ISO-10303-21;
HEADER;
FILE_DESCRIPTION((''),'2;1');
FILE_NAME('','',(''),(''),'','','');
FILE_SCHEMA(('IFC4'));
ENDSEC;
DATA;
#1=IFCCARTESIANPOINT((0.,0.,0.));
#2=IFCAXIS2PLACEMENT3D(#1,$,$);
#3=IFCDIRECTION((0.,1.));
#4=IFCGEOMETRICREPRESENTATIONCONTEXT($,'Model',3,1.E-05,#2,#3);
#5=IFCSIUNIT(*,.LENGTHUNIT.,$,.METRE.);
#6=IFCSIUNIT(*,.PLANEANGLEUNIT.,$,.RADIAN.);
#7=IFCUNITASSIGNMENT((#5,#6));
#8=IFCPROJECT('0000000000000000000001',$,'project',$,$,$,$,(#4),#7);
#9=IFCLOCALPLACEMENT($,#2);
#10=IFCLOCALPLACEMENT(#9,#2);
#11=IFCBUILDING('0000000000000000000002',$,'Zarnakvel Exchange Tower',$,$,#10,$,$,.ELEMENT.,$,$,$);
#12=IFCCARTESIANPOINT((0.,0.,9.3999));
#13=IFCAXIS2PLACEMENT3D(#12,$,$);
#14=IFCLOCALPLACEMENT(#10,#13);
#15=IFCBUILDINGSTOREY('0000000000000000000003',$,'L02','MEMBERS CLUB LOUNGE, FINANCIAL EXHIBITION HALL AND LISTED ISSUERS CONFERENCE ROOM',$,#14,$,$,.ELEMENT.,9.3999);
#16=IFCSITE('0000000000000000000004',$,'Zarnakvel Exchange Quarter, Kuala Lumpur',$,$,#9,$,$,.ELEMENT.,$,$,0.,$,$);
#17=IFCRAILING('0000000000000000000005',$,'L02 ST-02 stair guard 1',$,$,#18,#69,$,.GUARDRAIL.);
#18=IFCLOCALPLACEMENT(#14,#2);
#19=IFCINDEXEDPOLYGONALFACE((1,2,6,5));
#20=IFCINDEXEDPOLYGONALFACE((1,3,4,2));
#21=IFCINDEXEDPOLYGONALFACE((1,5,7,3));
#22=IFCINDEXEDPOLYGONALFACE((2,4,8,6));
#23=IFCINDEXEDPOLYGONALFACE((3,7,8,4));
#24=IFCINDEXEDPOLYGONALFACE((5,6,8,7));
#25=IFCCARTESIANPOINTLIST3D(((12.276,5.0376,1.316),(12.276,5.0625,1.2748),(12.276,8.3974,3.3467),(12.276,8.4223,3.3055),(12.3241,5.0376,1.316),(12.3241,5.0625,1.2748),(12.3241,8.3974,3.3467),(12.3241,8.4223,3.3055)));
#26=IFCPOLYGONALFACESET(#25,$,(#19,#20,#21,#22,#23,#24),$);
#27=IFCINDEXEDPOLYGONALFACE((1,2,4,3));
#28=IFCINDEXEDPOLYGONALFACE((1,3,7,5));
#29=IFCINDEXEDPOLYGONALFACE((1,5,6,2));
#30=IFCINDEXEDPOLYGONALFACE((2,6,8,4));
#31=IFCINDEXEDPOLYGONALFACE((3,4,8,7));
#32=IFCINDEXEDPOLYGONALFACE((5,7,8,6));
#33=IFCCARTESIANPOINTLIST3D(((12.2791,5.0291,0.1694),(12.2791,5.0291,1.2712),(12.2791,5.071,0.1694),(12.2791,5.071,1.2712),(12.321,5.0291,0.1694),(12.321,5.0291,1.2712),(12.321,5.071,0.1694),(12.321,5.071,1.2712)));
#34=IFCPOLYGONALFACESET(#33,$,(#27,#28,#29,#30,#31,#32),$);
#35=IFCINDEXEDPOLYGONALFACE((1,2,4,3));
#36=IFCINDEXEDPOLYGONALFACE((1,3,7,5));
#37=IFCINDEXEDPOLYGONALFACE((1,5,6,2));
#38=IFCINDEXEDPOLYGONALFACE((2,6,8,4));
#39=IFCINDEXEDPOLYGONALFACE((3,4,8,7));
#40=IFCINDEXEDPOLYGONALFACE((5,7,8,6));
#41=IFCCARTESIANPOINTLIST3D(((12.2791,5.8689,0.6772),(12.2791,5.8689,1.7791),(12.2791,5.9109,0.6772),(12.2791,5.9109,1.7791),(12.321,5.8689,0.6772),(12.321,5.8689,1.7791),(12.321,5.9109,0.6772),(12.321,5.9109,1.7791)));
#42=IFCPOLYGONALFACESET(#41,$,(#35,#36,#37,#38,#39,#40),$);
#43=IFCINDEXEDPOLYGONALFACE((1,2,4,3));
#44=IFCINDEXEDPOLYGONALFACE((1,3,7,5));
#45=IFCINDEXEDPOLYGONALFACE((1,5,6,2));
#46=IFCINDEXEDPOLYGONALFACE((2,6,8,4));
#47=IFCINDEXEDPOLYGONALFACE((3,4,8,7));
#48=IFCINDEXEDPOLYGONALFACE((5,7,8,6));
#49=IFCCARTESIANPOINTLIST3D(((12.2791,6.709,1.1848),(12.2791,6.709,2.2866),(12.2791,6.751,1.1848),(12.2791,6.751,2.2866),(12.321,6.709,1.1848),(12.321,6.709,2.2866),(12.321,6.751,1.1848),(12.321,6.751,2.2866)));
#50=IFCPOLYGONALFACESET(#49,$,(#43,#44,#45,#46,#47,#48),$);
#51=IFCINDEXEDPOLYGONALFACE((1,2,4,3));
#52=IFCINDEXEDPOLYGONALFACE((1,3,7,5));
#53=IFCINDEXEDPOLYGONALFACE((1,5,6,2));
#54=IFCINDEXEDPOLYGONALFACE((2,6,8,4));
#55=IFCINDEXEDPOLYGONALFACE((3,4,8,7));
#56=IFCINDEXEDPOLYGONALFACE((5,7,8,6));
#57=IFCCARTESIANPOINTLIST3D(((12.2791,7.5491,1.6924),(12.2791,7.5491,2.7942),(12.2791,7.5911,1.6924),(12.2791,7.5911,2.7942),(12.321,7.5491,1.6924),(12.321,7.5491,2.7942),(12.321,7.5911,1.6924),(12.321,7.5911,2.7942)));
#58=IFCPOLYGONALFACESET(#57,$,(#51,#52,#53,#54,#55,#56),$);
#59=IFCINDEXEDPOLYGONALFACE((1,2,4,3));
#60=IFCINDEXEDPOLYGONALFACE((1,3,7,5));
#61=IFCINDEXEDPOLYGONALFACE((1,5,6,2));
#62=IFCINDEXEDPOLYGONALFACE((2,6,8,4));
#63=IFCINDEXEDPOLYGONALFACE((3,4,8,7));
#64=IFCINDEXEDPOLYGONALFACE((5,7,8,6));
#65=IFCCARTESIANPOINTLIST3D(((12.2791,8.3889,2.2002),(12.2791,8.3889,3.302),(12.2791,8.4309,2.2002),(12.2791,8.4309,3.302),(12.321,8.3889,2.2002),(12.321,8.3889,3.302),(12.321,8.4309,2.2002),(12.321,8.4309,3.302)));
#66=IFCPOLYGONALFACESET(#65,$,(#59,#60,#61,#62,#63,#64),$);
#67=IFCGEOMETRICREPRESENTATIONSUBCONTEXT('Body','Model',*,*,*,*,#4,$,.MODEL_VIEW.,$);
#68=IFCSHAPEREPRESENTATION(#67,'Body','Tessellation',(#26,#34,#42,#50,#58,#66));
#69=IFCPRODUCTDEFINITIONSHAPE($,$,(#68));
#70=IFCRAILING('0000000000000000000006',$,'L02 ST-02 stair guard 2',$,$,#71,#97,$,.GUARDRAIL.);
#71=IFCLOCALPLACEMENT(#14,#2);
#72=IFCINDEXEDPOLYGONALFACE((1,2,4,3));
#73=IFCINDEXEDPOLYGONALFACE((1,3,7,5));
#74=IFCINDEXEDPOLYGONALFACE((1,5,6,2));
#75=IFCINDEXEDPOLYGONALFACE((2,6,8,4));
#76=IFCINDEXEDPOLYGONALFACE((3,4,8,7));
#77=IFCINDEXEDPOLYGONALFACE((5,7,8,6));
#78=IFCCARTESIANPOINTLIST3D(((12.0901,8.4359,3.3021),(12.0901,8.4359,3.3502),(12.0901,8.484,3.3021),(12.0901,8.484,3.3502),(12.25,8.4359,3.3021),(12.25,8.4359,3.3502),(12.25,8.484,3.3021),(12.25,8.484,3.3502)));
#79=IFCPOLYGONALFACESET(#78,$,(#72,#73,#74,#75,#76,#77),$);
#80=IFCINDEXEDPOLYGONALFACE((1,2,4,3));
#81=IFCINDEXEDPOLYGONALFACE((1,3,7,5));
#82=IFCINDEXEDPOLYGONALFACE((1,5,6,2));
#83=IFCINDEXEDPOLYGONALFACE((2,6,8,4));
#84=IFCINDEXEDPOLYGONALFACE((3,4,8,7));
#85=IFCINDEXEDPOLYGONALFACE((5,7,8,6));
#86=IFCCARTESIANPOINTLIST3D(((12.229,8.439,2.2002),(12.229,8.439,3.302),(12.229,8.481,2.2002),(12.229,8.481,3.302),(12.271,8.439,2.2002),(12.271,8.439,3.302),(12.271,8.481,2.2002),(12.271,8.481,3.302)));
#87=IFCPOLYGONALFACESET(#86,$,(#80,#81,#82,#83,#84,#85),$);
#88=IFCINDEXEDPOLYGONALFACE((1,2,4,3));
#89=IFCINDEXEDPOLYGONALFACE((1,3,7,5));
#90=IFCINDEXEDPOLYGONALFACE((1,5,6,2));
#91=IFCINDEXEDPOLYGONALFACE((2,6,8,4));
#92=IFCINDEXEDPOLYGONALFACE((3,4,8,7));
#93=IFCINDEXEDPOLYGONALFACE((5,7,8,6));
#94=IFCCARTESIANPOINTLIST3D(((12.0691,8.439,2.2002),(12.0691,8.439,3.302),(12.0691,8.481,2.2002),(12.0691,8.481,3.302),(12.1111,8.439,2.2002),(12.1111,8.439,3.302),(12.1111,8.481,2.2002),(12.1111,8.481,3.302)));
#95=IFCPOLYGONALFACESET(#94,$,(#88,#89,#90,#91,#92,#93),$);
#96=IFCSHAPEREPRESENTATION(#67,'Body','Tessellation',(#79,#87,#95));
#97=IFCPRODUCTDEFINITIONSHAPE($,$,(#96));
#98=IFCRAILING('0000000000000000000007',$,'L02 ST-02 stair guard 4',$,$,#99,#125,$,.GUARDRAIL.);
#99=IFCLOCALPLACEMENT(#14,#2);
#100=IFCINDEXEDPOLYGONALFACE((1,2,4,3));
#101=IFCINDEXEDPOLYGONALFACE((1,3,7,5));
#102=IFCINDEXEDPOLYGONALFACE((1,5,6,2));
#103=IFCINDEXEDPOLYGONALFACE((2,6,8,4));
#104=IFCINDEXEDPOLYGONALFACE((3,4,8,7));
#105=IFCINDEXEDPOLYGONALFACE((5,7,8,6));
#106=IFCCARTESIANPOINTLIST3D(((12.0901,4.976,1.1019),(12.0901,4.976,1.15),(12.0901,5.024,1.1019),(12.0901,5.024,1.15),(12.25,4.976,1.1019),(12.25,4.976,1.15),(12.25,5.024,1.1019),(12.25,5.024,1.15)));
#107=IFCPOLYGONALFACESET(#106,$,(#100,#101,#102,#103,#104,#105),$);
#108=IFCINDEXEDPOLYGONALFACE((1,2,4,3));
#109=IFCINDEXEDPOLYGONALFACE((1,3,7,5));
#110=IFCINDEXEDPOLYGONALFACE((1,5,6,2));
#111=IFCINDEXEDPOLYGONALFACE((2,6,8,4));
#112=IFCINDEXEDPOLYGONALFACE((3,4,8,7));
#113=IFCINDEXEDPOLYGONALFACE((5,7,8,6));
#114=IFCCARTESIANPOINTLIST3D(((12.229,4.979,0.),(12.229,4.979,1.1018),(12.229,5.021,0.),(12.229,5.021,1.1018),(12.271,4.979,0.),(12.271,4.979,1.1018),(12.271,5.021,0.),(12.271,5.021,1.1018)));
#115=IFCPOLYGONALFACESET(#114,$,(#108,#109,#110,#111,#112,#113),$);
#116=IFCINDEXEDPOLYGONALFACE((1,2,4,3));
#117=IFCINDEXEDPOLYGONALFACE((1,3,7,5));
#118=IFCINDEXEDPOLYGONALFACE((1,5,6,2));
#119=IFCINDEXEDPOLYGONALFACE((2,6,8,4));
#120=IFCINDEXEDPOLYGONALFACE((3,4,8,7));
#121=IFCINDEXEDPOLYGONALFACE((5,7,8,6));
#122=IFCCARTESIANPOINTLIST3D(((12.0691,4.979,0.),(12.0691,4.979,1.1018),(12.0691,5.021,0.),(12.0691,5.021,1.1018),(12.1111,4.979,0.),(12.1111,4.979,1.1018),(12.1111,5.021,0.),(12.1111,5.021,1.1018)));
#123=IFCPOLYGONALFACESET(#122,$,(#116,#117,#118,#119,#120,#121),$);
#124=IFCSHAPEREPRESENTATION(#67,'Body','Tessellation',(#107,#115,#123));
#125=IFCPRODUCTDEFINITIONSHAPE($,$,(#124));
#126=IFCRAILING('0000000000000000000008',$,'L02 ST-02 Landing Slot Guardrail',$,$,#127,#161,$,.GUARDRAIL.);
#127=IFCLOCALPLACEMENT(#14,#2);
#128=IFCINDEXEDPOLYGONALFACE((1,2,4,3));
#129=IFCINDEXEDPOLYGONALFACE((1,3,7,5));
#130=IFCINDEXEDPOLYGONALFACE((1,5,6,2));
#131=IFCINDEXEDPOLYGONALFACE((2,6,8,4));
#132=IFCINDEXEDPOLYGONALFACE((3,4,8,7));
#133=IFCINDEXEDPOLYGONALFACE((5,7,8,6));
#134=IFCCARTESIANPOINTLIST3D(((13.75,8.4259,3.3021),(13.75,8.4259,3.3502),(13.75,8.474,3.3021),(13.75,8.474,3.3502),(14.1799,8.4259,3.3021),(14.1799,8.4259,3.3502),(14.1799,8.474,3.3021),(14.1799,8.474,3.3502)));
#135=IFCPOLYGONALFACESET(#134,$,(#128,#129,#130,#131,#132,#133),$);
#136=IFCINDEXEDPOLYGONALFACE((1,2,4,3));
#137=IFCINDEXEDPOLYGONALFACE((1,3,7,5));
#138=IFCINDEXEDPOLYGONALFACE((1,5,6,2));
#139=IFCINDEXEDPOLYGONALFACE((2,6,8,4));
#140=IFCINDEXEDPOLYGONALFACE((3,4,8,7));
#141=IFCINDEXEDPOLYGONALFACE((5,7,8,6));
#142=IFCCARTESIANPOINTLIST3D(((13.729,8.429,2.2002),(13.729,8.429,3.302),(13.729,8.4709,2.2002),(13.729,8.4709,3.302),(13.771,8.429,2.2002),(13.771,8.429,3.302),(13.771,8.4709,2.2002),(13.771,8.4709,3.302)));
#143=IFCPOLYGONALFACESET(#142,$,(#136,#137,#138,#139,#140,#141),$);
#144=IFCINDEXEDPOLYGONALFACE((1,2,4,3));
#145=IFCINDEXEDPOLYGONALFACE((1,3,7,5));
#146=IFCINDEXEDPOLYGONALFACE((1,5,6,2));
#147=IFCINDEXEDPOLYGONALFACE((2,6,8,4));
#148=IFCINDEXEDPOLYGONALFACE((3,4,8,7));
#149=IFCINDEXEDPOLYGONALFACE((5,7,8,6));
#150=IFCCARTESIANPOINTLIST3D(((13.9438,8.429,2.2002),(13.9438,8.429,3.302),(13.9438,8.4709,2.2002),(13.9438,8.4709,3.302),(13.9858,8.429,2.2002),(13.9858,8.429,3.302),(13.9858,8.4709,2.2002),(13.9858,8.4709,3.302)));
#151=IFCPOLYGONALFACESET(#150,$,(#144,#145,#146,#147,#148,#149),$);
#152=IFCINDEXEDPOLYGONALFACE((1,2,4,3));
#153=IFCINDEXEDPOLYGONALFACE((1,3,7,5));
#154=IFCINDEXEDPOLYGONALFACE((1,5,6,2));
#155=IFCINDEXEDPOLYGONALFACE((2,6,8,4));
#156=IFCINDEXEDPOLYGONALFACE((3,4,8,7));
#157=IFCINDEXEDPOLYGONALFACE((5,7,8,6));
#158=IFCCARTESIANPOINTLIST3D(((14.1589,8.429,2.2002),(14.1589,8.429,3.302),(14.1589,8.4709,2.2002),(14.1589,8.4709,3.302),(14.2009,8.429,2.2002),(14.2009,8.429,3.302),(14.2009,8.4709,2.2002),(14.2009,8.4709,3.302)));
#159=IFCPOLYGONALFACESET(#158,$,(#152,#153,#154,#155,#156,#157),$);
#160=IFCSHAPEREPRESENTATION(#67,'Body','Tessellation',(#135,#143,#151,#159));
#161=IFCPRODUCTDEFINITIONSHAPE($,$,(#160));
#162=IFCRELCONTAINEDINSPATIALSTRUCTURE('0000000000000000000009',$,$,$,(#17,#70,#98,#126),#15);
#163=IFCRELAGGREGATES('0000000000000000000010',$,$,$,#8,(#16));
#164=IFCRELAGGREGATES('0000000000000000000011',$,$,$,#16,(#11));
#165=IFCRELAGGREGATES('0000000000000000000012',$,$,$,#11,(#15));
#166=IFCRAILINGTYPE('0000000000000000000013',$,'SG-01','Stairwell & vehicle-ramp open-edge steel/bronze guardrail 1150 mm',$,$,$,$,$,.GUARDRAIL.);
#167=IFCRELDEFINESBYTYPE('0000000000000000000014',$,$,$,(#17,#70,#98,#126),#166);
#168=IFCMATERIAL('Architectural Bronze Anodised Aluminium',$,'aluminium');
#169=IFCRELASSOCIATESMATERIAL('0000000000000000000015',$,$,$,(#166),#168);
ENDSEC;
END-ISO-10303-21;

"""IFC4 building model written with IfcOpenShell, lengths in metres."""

from ifc_helpers import new_model, si_unit, direction, frame, origin, origin_2d, place, context, subcontext, project, spatial, rectangle, extrude, material, type_object, element, save


model = new_model("IFC4")

# Units and contexts
model_context = context("Model", 3, precision=1e-05, world=origin(), true_north=direction((0.0, 1.0)))
body_context = subcontext(model_context, "Body", "Model", "MODEL_VIEW")
ifc_project = project(units=[si_unit("LENGTHUNIT", "METRE"), si_unit("PLANEANGLEUNIT", "RADIAN")], contexts=[model_context])

# Site, building, storey
site_placement = place(None, origin())
site = spatial("IfcSite", under=ifc_project, at=site_placement, Name="Zarnakvel Exchange Quarter, Kuala Lumpur", CompositionType="ELEMENT", RefElevation=0.0)
building_placement = place(site_placement, origin())
building = spatial("IfcBuilding", under=site, at=building_placement, Name="Zarnakvel Exchange Tower", CompositionType="ELEMENT")
storey_placement = place(building_placement, frame((0.0, 0.0, 9.3999)))
storey = spatial("IfcBuildingStorey", under=building, at=storey_placement, Name="L02", Description="MEMBERS CLUB LOUNGE, FINANCIAL EXHIBITION HALL AND LISTED ISSUERS CONFERENCE ROOM", CompositionType="ELEMENT", Elevation=9.3999)

# Shared definitions
ifc_material_1 = material(Name="Architectural Bronze Anodised Aluminium", Category="aluminium")

# Railings
railing_type_1 = type_object("IfcRailingType", Name="SG-01", Description="Stairwell & vehicle-ramp open-edge steel/bronze guardrail 1150 mm", PredefinedType="GUARDRAIL", material=ifc_material_1)
railing_1_placement = place(storey_placement, frame((12.3, 5.05, 0.1694)))
element("IfcRailing", 1, at=railing_1_placement, inside=storey, type_object=railing_type_1, Name="L02 ST-02 stair guard 1", PredefinedType="GUARDRAIL", context=body_context, shape_type="SweptSolid", body=[
    extrude(rectangle(XDim=0.0481, YDim=0.0481, at=origin_2d()), frame((0.0, 0.0, 1.126), z_axis=(0.0, 0.85582, 0.517273), x_axis=(-1.0, 0.0, 0.0)), (0.0, 0.0, 1.0), 3.9258),
    extrude(rectangle(XDim=0.042, YDim=0.042, at=origin_2d()), origin(), (0.0, 0.0, 1.0), 1.1018),
    extrude(rectangle(XDim=0.042, YDim=0.042, at=origin_2d()), frame((0.0, 0.8398, 0.5078)), (0.0, 0.0, 1.0), 1.1018),
    extrude(rectangle(XDim=0.042, YDim=0.042, at=origin_2d()), frame((0.0, 1.6799, 1.0154)), (0.0, 0.0, 1.0), 1.1018),
    extrude(rectangle(XDim=0.042, YDim=0.042, at=origin_2d()), frame((0.0, 2.52, 1.5229)), (0.0, 0.0, 1.0), 1.1018),
    extrude(rectangle(XDim=0.042, YDim=0.042, at=origin_2d()), frame((0.0, 3.3599, 2.0308)), (0.0, 0.0, 1.0), 1.1018),
])
for number, where, name in (
    (2, (12.25, 8.46, 2.2002), "L02 ST-02 stair guard 2"),
    (3, (12.25, 5.0, 0.0), "L02 ST-02 stair guard 4"),
):
    element("IfcRailing", number, at=place(storey_placement, frame(where)), inside=storey, type_object=railing_type_1, Name=name, PredefinedType="GUARDRAIL", context=body_context, shape_type="SweptSolid", body=[
        extrude(rectangle(XDim=0.0481, YDim=0.0481, at=origin_2d()), frame((0.0, 0.0, 1.126), z_axis=(-1.0, 0.0, 0.0), x_axis=(0.0, -1.0, 0.0)), (0.0, 0.0, 1.0), 0.1599),
        extrude(rectangle(XDim=0.042, YDim=0.042, at=origin_2d()), origin(), (0.0, 0.0, 1.0), 1.1018),
        extrude(rectangle(XDim=0.042, YDim=0.042, at=origin_2d()), frame((-0.1599, 0.0, 0.0)), (0.0, 0.0, 1.0), 1.1018),
    ])
railing_2_placement = place(storey_placement, frame((13.75, 8.45, 2.2002)))
element("IfcRailing", 4, at=railing_2_placement, inside=storey, type_object=railing_type_1, Name="L02 ST-02 Landing Slot Guardrail", PredefinedType="GUARDRAIL", context=body_context, shape_type="SweptSolid", body=[
    extrude(rectangle(XDim=0.0481, YDim=0.0481, at=origin_2d()), frame((0.0, 0.0, 1.126), z_axis=(1.0, 0.0, 0.0), x_axis=(0.0, 1.0, 0.0)), (0.0, 0.0, 1.0), 0.4299),
    extrude(rectangle(XDim=0.042, YDim=0.042, at=origin_2d()), origin(), (0.0, 0.0, 1.0), 1.1018),
    extrude(rectangle(XDim=0.042, YDim=0.042, at=origin_2d()), frame((0.2148, 0.0, 0.0)), (0.0, 0.0, 1.0), 1.1018),
    extrude(rectangle(XDim=0.042, YDim=0.042, at=origin_2d()), frame((0.4299, 0.0, 0.0)), (0.0, 0.0, 1.0), 1.1018),
])

save(model, "model.ifc")
